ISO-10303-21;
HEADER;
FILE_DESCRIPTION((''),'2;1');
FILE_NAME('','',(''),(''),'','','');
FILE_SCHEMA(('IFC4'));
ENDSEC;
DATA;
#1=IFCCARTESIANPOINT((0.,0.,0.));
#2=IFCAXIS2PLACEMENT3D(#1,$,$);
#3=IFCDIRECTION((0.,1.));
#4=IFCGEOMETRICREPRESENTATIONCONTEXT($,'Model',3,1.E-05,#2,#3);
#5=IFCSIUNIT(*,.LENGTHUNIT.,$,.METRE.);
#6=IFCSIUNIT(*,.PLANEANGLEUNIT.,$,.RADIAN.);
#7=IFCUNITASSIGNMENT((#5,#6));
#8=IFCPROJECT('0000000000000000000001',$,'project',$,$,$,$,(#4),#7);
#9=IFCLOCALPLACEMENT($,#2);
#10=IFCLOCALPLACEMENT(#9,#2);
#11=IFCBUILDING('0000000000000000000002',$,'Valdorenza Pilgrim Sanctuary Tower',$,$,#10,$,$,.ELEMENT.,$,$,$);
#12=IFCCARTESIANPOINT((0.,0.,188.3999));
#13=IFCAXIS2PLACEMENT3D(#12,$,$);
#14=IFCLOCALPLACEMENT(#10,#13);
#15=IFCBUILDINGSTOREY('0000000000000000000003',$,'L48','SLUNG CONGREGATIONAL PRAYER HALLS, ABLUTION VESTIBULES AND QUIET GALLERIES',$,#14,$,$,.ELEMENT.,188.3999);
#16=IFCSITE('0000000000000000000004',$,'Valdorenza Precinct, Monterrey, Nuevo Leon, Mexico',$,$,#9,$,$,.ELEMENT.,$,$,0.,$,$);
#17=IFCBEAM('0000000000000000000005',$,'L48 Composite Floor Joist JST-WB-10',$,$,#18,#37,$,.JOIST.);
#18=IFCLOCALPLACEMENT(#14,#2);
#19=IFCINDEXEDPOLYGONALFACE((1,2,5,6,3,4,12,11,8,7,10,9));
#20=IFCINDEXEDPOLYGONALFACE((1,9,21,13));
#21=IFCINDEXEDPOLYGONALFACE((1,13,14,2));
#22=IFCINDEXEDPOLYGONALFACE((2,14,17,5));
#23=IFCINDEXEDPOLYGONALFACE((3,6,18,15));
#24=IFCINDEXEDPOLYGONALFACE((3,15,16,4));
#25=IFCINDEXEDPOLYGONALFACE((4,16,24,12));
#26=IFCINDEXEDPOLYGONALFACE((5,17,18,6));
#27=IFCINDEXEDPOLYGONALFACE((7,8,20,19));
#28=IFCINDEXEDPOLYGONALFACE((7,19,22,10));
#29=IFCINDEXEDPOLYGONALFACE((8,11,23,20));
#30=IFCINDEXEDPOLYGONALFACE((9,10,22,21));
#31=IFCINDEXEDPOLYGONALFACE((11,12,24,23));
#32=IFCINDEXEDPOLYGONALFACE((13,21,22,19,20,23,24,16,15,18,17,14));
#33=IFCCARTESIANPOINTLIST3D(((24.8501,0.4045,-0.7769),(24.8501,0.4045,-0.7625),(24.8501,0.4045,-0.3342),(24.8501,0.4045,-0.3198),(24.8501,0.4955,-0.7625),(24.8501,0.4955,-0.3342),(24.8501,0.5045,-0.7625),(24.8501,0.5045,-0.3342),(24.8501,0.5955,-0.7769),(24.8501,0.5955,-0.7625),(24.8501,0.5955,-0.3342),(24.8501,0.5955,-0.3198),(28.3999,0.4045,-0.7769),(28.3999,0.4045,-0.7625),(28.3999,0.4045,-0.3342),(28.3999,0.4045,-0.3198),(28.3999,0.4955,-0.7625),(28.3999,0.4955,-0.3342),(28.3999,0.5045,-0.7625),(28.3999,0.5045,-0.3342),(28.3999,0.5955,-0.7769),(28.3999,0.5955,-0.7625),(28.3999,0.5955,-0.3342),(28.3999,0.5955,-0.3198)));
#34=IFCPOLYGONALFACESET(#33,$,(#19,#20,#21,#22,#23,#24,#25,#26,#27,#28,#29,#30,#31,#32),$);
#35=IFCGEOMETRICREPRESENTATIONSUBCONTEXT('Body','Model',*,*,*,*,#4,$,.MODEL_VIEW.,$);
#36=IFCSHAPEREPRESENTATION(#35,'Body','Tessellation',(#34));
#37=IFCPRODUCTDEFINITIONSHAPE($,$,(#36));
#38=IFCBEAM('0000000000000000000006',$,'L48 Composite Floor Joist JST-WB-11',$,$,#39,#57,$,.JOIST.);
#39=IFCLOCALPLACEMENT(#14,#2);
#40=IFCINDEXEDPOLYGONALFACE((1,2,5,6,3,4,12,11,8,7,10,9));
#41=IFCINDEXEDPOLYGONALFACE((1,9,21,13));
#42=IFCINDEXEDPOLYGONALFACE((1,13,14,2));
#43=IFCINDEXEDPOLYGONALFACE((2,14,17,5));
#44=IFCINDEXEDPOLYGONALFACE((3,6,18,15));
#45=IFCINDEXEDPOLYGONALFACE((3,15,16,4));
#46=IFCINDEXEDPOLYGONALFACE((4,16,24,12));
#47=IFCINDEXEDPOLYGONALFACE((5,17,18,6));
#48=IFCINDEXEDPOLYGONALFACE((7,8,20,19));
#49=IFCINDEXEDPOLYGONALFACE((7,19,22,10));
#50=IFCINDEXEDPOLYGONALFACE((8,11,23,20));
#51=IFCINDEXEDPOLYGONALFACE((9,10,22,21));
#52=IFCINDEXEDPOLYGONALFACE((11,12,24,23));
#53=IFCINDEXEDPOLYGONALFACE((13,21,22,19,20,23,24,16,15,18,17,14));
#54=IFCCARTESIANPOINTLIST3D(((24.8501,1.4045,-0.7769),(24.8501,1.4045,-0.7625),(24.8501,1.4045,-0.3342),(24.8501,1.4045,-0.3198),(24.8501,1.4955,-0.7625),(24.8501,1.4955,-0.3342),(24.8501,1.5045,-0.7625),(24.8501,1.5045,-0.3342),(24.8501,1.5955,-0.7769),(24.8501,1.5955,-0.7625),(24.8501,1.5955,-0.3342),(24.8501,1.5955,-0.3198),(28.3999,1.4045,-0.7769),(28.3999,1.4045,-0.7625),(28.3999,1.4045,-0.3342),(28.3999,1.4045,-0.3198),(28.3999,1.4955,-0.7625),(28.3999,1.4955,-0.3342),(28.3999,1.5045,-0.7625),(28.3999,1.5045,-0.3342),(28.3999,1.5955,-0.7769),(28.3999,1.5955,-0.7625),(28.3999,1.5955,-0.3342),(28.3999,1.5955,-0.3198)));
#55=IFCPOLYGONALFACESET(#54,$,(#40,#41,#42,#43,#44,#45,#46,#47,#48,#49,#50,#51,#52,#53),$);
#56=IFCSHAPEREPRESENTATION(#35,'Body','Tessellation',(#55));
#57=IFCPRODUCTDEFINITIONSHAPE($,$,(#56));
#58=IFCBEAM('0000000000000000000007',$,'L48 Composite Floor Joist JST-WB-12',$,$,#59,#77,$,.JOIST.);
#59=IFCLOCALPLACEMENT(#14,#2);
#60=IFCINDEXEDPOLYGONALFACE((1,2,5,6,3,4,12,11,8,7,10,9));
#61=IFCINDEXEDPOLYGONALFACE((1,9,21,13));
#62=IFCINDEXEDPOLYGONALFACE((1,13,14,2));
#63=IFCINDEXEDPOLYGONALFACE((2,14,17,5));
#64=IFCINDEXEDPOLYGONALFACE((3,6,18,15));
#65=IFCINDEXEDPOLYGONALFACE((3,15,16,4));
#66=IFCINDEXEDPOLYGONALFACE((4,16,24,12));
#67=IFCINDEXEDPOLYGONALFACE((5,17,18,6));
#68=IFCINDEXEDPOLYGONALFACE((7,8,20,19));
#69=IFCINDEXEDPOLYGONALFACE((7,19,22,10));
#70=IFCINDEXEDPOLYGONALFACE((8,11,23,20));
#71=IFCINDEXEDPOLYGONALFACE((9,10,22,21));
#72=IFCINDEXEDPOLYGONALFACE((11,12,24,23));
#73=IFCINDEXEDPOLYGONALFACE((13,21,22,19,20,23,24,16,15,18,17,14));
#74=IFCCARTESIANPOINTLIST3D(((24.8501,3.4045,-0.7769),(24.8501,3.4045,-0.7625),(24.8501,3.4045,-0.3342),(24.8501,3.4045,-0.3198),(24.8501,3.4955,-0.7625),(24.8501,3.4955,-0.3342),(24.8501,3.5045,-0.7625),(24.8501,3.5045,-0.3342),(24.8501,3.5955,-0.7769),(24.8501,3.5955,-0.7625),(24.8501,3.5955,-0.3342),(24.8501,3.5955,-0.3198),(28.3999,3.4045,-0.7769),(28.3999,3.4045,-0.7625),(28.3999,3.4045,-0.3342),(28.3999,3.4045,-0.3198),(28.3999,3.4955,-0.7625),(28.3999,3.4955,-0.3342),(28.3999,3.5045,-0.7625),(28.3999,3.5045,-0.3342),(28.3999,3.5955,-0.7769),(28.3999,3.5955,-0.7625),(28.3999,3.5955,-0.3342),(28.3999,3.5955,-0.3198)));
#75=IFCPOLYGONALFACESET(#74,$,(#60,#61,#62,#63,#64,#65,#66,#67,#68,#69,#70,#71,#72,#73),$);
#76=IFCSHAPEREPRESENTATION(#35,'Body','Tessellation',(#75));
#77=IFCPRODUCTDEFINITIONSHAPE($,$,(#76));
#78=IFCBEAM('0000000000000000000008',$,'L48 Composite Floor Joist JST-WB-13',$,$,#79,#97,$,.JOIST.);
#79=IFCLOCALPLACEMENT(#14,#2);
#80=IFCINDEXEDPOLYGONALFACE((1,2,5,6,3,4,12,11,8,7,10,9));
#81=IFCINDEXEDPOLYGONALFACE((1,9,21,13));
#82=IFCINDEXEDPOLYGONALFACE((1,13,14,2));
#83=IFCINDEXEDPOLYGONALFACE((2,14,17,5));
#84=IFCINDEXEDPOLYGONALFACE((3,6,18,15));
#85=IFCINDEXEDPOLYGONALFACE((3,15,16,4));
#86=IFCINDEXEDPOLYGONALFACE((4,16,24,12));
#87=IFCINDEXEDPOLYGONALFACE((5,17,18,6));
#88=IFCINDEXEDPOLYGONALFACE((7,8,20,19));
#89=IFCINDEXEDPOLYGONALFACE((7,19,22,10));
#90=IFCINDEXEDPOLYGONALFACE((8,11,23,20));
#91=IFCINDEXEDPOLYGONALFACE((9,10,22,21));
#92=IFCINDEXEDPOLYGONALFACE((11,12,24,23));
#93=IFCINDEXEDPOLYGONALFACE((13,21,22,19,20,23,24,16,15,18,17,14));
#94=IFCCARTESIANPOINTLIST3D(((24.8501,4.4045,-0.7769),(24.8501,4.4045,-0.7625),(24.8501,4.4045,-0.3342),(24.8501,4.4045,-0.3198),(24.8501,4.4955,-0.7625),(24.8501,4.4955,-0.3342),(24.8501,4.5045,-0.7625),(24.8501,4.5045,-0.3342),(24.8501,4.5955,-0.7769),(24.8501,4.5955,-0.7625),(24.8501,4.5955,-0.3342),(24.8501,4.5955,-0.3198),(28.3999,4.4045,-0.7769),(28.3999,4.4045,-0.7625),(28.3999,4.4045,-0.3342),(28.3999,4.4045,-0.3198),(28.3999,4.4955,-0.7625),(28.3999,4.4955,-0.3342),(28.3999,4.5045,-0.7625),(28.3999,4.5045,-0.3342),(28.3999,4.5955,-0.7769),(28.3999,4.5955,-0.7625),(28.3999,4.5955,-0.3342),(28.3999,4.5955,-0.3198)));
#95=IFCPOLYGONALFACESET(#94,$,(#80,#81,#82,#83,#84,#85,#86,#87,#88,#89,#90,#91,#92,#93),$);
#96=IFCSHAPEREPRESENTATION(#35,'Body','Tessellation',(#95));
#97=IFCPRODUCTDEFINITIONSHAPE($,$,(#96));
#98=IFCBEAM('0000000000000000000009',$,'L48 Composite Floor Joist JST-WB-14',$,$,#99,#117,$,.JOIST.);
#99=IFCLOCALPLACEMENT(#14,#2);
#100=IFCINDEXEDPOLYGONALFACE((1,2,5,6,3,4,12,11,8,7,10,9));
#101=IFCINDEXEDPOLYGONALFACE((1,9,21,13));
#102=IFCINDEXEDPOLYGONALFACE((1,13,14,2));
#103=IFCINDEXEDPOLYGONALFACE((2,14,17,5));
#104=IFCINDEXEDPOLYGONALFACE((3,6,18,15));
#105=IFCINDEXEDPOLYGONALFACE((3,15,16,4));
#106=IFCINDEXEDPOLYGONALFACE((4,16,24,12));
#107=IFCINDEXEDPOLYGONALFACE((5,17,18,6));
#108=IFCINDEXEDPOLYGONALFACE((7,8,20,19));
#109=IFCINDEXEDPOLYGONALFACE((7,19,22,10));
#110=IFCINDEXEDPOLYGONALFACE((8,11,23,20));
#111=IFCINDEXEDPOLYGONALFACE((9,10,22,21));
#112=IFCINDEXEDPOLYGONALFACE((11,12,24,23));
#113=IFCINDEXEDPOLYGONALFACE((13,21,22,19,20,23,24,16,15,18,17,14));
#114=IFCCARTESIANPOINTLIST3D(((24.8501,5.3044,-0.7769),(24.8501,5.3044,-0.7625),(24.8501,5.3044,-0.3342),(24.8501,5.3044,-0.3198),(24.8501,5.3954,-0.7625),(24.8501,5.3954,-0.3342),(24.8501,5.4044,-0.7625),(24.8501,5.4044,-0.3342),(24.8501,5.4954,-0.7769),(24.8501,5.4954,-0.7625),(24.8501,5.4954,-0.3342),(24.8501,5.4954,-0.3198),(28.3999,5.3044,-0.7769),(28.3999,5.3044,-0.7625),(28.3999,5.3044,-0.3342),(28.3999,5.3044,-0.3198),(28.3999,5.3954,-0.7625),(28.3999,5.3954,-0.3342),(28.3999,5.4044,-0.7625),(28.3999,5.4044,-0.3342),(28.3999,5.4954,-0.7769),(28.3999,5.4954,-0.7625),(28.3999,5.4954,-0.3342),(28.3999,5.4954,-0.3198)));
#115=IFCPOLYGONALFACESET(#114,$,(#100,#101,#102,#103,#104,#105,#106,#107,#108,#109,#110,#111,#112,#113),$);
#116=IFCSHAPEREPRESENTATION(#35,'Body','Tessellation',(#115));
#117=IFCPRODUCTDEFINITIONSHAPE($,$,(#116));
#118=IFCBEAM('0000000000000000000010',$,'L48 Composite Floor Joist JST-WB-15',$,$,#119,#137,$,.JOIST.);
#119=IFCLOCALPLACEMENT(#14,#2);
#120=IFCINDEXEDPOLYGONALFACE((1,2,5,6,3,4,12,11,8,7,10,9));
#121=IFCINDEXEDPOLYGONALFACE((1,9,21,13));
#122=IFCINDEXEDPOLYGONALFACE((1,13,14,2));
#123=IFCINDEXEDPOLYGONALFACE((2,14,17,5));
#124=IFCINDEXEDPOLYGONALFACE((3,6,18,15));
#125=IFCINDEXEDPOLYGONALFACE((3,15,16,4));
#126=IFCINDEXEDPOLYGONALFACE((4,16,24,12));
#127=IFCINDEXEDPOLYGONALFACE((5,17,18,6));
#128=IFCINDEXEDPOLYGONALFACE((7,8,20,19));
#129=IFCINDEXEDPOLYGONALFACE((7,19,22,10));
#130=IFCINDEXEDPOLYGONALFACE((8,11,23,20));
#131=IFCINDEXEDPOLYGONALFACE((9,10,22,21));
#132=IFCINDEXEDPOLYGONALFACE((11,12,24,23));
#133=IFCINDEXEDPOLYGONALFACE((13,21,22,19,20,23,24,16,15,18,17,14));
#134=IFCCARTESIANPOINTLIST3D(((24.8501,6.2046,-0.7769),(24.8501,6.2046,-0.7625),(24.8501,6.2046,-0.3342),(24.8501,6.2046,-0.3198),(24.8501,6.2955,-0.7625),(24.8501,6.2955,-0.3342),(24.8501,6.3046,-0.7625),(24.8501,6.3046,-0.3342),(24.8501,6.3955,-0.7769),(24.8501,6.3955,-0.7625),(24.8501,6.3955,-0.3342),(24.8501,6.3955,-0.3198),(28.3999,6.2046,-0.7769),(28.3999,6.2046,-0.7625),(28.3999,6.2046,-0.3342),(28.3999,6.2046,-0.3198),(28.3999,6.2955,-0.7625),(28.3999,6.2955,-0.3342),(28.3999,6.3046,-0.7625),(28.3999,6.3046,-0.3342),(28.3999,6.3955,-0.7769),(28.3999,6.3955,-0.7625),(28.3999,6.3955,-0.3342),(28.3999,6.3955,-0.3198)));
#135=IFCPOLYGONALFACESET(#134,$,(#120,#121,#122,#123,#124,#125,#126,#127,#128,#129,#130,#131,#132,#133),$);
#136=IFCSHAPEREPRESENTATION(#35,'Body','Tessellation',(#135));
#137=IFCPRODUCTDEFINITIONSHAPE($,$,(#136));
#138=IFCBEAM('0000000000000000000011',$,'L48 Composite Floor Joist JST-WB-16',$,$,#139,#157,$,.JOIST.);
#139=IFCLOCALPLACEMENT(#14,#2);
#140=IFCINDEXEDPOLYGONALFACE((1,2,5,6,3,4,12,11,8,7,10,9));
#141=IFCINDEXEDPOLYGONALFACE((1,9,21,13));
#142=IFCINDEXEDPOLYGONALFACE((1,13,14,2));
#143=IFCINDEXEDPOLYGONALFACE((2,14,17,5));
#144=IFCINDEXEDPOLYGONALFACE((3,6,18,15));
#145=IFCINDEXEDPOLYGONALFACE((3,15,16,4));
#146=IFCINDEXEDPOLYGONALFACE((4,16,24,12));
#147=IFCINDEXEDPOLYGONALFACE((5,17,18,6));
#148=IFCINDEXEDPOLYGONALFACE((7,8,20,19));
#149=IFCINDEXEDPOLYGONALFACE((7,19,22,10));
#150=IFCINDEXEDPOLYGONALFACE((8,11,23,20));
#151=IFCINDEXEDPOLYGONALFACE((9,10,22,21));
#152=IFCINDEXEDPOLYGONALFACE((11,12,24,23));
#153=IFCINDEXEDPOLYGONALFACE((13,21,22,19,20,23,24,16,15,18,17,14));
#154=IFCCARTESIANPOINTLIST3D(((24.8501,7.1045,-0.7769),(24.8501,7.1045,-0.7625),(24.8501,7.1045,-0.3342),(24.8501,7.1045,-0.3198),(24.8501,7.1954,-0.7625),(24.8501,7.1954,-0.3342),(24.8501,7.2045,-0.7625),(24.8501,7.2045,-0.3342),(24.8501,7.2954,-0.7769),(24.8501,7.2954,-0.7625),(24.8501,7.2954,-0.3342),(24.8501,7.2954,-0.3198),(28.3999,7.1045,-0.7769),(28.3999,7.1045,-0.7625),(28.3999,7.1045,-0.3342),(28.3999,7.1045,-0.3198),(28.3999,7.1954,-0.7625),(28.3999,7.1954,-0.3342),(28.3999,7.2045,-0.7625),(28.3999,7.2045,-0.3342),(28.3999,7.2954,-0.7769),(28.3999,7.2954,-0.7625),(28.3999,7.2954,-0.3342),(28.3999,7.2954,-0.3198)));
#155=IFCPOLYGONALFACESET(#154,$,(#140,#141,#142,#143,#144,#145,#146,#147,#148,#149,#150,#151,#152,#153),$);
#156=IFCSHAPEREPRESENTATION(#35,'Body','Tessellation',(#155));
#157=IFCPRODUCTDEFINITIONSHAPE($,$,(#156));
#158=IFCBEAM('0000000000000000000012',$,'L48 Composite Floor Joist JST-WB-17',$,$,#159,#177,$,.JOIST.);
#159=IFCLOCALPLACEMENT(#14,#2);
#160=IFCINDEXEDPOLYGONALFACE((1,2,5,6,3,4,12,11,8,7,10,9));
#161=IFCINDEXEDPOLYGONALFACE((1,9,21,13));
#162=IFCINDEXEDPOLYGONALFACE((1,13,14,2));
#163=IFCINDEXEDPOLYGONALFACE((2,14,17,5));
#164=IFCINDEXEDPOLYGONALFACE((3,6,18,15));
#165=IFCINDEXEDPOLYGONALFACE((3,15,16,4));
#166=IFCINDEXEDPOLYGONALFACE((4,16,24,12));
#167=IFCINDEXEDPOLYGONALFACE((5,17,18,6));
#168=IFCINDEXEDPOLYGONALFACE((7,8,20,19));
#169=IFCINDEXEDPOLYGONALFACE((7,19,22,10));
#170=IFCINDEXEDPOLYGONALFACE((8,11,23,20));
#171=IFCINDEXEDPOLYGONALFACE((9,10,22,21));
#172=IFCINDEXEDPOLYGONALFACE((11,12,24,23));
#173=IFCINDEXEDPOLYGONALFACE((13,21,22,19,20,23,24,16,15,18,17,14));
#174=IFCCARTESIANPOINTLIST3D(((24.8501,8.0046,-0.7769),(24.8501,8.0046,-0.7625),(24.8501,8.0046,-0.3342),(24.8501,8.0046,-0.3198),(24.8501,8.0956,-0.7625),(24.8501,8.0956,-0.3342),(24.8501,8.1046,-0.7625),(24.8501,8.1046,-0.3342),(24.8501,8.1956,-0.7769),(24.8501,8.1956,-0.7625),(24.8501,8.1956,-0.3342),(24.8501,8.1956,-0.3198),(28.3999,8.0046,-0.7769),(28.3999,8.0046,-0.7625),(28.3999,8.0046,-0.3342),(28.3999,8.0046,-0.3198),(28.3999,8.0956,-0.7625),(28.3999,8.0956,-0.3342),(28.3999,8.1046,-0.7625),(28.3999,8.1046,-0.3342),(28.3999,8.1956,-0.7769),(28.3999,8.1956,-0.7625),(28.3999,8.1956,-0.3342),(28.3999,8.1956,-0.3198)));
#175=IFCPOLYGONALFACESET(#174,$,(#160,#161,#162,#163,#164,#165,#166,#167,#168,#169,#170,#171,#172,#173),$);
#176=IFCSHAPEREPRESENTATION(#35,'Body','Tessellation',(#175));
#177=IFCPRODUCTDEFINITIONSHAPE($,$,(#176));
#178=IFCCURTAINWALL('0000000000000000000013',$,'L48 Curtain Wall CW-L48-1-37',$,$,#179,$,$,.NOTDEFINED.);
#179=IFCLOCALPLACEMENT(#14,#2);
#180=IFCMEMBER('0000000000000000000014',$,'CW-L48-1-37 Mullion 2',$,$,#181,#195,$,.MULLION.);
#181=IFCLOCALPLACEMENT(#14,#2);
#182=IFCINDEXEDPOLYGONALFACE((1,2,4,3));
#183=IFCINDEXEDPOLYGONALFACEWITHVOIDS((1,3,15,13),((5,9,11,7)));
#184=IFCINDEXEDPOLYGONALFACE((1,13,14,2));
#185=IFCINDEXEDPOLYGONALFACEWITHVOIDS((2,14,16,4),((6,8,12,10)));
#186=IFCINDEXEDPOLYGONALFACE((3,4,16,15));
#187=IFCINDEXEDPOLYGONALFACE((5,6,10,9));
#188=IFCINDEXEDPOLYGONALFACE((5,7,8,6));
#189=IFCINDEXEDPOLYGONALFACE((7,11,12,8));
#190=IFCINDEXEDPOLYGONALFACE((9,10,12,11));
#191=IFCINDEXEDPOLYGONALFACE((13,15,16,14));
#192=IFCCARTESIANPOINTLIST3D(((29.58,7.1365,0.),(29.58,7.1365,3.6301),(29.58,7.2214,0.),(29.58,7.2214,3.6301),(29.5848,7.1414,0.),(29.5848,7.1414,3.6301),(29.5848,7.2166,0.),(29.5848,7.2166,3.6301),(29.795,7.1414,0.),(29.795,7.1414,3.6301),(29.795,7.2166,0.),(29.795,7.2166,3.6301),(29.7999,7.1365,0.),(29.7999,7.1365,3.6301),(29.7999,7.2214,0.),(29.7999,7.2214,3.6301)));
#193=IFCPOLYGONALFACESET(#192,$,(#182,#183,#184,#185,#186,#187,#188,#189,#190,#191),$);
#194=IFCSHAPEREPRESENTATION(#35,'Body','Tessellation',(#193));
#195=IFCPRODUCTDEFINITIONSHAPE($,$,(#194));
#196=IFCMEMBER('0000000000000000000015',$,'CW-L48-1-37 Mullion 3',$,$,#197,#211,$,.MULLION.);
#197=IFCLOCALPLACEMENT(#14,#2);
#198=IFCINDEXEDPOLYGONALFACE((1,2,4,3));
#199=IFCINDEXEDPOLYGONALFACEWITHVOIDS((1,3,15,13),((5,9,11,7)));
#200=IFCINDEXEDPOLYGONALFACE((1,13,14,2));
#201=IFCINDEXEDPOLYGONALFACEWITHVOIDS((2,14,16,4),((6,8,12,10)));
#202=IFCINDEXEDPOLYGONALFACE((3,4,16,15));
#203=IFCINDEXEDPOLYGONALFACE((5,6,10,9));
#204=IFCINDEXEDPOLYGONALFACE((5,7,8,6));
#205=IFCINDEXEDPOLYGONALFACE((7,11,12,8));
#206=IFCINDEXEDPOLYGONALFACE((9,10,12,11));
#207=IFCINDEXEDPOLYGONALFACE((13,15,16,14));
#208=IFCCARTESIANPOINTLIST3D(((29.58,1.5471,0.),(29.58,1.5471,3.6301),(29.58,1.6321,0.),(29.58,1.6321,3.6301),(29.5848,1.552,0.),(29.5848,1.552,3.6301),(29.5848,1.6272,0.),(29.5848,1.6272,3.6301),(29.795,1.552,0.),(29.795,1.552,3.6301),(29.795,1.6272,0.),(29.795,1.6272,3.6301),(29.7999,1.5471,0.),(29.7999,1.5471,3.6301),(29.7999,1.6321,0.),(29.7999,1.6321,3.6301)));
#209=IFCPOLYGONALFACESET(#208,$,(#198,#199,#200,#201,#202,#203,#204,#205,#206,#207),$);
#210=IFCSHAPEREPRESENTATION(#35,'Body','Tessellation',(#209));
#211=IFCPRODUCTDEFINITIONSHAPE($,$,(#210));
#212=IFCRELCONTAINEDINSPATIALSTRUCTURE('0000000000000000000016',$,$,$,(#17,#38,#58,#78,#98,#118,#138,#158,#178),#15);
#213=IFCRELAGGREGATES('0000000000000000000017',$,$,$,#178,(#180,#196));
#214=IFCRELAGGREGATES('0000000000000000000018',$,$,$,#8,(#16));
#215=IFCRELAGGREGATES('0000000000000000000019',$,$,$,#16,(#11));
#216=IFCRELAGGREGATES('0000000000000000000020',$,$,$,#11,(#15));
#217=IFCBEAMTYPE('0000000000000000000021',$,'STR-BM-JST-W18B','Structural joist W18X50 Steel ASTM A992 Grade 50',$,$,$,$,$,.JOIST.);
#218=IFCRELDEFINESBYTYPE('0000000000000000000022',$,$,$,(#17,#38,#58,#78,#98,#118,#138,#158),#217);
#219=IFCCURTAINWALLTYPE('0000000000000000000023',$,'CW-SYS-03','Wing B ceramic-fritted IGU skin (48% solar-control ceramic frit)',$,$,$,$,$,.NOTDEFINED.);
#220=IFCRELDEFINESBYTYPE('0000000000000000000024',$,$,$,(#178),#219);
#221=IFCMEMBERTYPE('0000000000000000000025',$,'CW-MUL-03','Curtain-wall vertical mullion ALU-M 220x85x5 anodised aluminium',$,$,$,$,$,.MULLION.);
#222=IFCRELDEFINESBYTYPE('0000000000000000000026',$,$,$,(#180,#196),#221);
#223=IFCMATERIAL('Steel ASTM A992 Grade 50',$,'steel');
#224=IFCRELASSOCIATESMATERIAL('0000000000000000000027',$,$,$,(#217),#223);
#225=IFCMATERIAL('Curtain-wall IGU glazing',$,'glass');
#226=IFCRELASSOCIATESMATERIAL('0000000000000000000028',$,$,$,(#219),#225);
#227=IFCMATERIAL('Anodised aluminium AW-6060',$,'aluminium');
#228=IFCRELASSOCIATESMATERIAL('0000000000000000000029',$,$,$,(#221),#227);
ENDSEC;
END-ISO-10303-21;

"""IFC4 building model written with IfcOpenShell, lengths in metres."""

from ifc_helpers import new_model, si_unit, direction, frame, origin, origin_2d, place, context, subcontext, project, spatial, hollow_rectangle, i_section, extrude, source, transform, mapped, material, material_profile, profile_set, type_object, element, aggregate, save


model = new_model("IFC4")

# Units and contexts
model_context = context("Model", 3, precision=1e-05, world=origin(), true_north=direction((0.0, 1.0)))
body_context = subcontext(model_context, "Body", "Model", "MODEL_VIEW")
ifc_project = project(units=[si_unit("LENGTHUNIT", "METRE"), si_unit("PLANEANGLEUNIT", "RADIAN")], contexts=[model_context])

# Site, building, storey
site_placement = place(None, origin())
site = spatial("IfcSite", under=ifc_project, at=site_placement, Name="Valdorenza Precinct, Monterrey, Nuevo Leon, Mexico", CompositionType="ELEMENT", RefElevation=0.0)
building_placement = place(site_placement, origin())
building = spatial("IfcBuilding", under=site, at=building_placement, Name="Valdorenza Pilgrim Sanctuary Tower", CompositionType="ELEMENT")
storey_placement = place(building_placement, frame((0.0, 0.0, 188.3999)))
storey = spatial("IfcBuildingStorey", under=building, at=storey_placement, Name="L48", Description="SLUNG CONGREGATIONAL PRAYER HALLS, ABLUTION VESTIBULES AND QUIET GALLERIES", CompositionType="ELEMENT", Elevation=188.3999)

# Beams
ifc_material_1 = material(Name="Steel ASTM A992 Grade 50", Category="steel")
ifc_material_profile_1 = material_profile(ifc_material_1, i_section(OverallWidth=0.1909, OverallDepth=0.457, WebThickness=0.009, FlangeThickness=0.0144, at=origin_2d()), Name="W18X50")
ifc_profile_set_1 = profile_set([ifc_material_profile_1], Name="Steel ASTM A992 Grade 50")
beam_type = type_object("IfcBeamType", Name="STR-BM-JST-W18B", Description="Structural joist W18X50 Steel ASTM A992 Grade 50", PredefinedType="JOIST", material=ifc_profile_set_1)
shared_shape_1 = source(origin(), body_context, "Body", "SweptSolid", [
    extrude(i_section(OverallWidth=0.1909, OverallDepth=0.457, WebThickness=0.009, FlangeThickness=0.0144, at=origin_2d()), origin(), (0.0, 0.0, 1.0), 3.5498),
])
for number, where, z_axis, x_axis, name in (
    (1, (24.8501, 0.5, -0.5483), (1.0, 0.0, 0.0), (0.0, 1.0, 0.0), "L48 Composite Floor Joist JST-WB-10"),
    (2, (24.8501, 1.5, -0.5483), (1.0, 0.0, 0.0), (0.0, 1.0, 0.0), "L48 Composite Floor Joist JST-WB-11"),
    (3, (24.8501, 3.5, -0.5483), (1.0, 0.0, 0.0), (0.0, 1.0, 0.0), "L48 Composite Floor Joist JST-WB-12"),
    (4, (24.8501, 4.5, -0.5483), (1.0, 0.0, 0.0), (0.0, 1.0, 0.0), "L48 Composite Floor Joist JST-WB-13"),
    (5, (24.8501, 5.3999, -0.5483), (1.0, 0.0, 0.0), (0.0, 1.0, 0.0), "L48 Composite Floor Joist JST-WB-14"),
    (6, (24.8501, 6.3, -0.5483), (1.0, 0.0, 0.0), (0.0, 1.0, 0.0), "L48 Composite Floor Joist JST-WB-15"),
    (7, (24.8501, 7.2, -0.5483), (1.0, 0.0, 0.0), (0.0, 1.0, 0.0), "L48 Composite Floor Joist JST-WB-16"),
    (8, (24.8501, 8.1001, -0.5483), (1.0, 0.0, 0.0), (0.0, 1.0, 0.0), "L48 Composite Floor Joist JST-WB-17"),
):
    element("IfcBeam", number, at=place(storey_placement, frame(where, z_axis=z_axis, x_axis=x_axis)), inside=storey, type_object=beam_type, Name=name, PredefinedType="JOIST", context=body_context, shape_type="MappedRepresentation", body=[
        mapped(shared_shape_1, transform((0.0, 0.0, 0.0), x_axis=(1.0, 0.0, 0.0), y_axis=(0.0, 1.0, 0.0), z_axis=(0.0, 0.0, 1.0), scale=1.0)),
    ])

# Curtain wall, members
ifc_material_2 = material(Name="Curtain-wall IGU glazing", Category="glass")
curtain_wall_type = type_object("IfcCurtainWallType", Name="CW-SYS-03", Description="Wing B ceramic-fritted IGU skin (48% solar-control ceramic frit)", PredefinedType="NOTDEFINED", material=ifc_material_2)
curtain_wall_placement = place(storey_placement, origin())
curtain_wall = element("IfcCurtainWall", 9, at=curtain_wall_placement, inside=storey, type_object=curtain_wall_type, Name="L48 Curtain Wall CW-L48-1-37", PredefinedType="NOTDEFINED")
ifc_material_3 = material(Name="Anodised aluminium AW-6060", Category="aluminium")
ifc_material_profile_2 = material_profile(ifc_material_3, hollow_rectangle(XDim=0.085, YDim=0.22, WallThickness=0.0049, at=origin_2d()), Name="ALU-M 220x85x5")
ifc_profile_set_2 = profile_set([ifc_material_profile_2], Name="Anodised aluminium AW-6060")
member_type = type_object("IfcMemberType", Name="CW-MUL-03", Description="Curtain-wall vertical mullion ALU-M 220x85x5 anodised aluminium", PredefinedType="MULLION", material=ifc_profile_set_2)
shared_shape_2 = source(origin(), body_context, "Body", "SweptSolid", [
    extrude(hollow_rectangle(XDim=0.085, YDim=0.22, WallThickness=0.0049, at=origin_2d()), origin(), (0.0, 0.0, 1.0), 3.6301),
])
member_1_placement = place(storey_placement, frame((29.6899, 7.179, 0.0), z_axis=(0.0, 0.0, 1.0), x_axis=(0.0, -1.0, 0.0)))
member_1 = element("IfcMember", 10, at=member_1_placement, type_object=member_type, Name="CW-L48-1-37 Mullion 2", PredefinedType="MULLION", context=body_context, shape_type="MappedRepresentation", body=[
    mapped(shared_shape_2, transform((0.0, 0.0, 0.0), x_axis=(1.0, 0.0, 0.0), y_axis=(0.0, 1.0, 0.0), z_axis=(0.0, 0.0, 1.0), scale=1.0)),
])
member_2_placement = place(storey_placement, frame((29.6899, 1.5896, 0.0), z_axis=(0.0, 0.0, 1.0), x_axis=(0.0, -1.0, 0.0)))
member_2 = element("IfcMember", 11, at=member_2_placement, type_object=member_type, Name="CW-L48-1-37 Mullion 3", PredefinedType="MULLION", context=body_context, shape_type="MappedRepresentation", body=[
    mapped(shared_shape_2, transform((0.0, 0.0, 0.0), x_axis=(1.0, 0.0, 0.0), y_axis=(0.0, 1.0, 0.0), z_axis=(0.0, 0.0, 1.0), scale=1.0)),
])
aggregate(curtain_wall, [member_1, member_2])

save(model, "model.ifc")
